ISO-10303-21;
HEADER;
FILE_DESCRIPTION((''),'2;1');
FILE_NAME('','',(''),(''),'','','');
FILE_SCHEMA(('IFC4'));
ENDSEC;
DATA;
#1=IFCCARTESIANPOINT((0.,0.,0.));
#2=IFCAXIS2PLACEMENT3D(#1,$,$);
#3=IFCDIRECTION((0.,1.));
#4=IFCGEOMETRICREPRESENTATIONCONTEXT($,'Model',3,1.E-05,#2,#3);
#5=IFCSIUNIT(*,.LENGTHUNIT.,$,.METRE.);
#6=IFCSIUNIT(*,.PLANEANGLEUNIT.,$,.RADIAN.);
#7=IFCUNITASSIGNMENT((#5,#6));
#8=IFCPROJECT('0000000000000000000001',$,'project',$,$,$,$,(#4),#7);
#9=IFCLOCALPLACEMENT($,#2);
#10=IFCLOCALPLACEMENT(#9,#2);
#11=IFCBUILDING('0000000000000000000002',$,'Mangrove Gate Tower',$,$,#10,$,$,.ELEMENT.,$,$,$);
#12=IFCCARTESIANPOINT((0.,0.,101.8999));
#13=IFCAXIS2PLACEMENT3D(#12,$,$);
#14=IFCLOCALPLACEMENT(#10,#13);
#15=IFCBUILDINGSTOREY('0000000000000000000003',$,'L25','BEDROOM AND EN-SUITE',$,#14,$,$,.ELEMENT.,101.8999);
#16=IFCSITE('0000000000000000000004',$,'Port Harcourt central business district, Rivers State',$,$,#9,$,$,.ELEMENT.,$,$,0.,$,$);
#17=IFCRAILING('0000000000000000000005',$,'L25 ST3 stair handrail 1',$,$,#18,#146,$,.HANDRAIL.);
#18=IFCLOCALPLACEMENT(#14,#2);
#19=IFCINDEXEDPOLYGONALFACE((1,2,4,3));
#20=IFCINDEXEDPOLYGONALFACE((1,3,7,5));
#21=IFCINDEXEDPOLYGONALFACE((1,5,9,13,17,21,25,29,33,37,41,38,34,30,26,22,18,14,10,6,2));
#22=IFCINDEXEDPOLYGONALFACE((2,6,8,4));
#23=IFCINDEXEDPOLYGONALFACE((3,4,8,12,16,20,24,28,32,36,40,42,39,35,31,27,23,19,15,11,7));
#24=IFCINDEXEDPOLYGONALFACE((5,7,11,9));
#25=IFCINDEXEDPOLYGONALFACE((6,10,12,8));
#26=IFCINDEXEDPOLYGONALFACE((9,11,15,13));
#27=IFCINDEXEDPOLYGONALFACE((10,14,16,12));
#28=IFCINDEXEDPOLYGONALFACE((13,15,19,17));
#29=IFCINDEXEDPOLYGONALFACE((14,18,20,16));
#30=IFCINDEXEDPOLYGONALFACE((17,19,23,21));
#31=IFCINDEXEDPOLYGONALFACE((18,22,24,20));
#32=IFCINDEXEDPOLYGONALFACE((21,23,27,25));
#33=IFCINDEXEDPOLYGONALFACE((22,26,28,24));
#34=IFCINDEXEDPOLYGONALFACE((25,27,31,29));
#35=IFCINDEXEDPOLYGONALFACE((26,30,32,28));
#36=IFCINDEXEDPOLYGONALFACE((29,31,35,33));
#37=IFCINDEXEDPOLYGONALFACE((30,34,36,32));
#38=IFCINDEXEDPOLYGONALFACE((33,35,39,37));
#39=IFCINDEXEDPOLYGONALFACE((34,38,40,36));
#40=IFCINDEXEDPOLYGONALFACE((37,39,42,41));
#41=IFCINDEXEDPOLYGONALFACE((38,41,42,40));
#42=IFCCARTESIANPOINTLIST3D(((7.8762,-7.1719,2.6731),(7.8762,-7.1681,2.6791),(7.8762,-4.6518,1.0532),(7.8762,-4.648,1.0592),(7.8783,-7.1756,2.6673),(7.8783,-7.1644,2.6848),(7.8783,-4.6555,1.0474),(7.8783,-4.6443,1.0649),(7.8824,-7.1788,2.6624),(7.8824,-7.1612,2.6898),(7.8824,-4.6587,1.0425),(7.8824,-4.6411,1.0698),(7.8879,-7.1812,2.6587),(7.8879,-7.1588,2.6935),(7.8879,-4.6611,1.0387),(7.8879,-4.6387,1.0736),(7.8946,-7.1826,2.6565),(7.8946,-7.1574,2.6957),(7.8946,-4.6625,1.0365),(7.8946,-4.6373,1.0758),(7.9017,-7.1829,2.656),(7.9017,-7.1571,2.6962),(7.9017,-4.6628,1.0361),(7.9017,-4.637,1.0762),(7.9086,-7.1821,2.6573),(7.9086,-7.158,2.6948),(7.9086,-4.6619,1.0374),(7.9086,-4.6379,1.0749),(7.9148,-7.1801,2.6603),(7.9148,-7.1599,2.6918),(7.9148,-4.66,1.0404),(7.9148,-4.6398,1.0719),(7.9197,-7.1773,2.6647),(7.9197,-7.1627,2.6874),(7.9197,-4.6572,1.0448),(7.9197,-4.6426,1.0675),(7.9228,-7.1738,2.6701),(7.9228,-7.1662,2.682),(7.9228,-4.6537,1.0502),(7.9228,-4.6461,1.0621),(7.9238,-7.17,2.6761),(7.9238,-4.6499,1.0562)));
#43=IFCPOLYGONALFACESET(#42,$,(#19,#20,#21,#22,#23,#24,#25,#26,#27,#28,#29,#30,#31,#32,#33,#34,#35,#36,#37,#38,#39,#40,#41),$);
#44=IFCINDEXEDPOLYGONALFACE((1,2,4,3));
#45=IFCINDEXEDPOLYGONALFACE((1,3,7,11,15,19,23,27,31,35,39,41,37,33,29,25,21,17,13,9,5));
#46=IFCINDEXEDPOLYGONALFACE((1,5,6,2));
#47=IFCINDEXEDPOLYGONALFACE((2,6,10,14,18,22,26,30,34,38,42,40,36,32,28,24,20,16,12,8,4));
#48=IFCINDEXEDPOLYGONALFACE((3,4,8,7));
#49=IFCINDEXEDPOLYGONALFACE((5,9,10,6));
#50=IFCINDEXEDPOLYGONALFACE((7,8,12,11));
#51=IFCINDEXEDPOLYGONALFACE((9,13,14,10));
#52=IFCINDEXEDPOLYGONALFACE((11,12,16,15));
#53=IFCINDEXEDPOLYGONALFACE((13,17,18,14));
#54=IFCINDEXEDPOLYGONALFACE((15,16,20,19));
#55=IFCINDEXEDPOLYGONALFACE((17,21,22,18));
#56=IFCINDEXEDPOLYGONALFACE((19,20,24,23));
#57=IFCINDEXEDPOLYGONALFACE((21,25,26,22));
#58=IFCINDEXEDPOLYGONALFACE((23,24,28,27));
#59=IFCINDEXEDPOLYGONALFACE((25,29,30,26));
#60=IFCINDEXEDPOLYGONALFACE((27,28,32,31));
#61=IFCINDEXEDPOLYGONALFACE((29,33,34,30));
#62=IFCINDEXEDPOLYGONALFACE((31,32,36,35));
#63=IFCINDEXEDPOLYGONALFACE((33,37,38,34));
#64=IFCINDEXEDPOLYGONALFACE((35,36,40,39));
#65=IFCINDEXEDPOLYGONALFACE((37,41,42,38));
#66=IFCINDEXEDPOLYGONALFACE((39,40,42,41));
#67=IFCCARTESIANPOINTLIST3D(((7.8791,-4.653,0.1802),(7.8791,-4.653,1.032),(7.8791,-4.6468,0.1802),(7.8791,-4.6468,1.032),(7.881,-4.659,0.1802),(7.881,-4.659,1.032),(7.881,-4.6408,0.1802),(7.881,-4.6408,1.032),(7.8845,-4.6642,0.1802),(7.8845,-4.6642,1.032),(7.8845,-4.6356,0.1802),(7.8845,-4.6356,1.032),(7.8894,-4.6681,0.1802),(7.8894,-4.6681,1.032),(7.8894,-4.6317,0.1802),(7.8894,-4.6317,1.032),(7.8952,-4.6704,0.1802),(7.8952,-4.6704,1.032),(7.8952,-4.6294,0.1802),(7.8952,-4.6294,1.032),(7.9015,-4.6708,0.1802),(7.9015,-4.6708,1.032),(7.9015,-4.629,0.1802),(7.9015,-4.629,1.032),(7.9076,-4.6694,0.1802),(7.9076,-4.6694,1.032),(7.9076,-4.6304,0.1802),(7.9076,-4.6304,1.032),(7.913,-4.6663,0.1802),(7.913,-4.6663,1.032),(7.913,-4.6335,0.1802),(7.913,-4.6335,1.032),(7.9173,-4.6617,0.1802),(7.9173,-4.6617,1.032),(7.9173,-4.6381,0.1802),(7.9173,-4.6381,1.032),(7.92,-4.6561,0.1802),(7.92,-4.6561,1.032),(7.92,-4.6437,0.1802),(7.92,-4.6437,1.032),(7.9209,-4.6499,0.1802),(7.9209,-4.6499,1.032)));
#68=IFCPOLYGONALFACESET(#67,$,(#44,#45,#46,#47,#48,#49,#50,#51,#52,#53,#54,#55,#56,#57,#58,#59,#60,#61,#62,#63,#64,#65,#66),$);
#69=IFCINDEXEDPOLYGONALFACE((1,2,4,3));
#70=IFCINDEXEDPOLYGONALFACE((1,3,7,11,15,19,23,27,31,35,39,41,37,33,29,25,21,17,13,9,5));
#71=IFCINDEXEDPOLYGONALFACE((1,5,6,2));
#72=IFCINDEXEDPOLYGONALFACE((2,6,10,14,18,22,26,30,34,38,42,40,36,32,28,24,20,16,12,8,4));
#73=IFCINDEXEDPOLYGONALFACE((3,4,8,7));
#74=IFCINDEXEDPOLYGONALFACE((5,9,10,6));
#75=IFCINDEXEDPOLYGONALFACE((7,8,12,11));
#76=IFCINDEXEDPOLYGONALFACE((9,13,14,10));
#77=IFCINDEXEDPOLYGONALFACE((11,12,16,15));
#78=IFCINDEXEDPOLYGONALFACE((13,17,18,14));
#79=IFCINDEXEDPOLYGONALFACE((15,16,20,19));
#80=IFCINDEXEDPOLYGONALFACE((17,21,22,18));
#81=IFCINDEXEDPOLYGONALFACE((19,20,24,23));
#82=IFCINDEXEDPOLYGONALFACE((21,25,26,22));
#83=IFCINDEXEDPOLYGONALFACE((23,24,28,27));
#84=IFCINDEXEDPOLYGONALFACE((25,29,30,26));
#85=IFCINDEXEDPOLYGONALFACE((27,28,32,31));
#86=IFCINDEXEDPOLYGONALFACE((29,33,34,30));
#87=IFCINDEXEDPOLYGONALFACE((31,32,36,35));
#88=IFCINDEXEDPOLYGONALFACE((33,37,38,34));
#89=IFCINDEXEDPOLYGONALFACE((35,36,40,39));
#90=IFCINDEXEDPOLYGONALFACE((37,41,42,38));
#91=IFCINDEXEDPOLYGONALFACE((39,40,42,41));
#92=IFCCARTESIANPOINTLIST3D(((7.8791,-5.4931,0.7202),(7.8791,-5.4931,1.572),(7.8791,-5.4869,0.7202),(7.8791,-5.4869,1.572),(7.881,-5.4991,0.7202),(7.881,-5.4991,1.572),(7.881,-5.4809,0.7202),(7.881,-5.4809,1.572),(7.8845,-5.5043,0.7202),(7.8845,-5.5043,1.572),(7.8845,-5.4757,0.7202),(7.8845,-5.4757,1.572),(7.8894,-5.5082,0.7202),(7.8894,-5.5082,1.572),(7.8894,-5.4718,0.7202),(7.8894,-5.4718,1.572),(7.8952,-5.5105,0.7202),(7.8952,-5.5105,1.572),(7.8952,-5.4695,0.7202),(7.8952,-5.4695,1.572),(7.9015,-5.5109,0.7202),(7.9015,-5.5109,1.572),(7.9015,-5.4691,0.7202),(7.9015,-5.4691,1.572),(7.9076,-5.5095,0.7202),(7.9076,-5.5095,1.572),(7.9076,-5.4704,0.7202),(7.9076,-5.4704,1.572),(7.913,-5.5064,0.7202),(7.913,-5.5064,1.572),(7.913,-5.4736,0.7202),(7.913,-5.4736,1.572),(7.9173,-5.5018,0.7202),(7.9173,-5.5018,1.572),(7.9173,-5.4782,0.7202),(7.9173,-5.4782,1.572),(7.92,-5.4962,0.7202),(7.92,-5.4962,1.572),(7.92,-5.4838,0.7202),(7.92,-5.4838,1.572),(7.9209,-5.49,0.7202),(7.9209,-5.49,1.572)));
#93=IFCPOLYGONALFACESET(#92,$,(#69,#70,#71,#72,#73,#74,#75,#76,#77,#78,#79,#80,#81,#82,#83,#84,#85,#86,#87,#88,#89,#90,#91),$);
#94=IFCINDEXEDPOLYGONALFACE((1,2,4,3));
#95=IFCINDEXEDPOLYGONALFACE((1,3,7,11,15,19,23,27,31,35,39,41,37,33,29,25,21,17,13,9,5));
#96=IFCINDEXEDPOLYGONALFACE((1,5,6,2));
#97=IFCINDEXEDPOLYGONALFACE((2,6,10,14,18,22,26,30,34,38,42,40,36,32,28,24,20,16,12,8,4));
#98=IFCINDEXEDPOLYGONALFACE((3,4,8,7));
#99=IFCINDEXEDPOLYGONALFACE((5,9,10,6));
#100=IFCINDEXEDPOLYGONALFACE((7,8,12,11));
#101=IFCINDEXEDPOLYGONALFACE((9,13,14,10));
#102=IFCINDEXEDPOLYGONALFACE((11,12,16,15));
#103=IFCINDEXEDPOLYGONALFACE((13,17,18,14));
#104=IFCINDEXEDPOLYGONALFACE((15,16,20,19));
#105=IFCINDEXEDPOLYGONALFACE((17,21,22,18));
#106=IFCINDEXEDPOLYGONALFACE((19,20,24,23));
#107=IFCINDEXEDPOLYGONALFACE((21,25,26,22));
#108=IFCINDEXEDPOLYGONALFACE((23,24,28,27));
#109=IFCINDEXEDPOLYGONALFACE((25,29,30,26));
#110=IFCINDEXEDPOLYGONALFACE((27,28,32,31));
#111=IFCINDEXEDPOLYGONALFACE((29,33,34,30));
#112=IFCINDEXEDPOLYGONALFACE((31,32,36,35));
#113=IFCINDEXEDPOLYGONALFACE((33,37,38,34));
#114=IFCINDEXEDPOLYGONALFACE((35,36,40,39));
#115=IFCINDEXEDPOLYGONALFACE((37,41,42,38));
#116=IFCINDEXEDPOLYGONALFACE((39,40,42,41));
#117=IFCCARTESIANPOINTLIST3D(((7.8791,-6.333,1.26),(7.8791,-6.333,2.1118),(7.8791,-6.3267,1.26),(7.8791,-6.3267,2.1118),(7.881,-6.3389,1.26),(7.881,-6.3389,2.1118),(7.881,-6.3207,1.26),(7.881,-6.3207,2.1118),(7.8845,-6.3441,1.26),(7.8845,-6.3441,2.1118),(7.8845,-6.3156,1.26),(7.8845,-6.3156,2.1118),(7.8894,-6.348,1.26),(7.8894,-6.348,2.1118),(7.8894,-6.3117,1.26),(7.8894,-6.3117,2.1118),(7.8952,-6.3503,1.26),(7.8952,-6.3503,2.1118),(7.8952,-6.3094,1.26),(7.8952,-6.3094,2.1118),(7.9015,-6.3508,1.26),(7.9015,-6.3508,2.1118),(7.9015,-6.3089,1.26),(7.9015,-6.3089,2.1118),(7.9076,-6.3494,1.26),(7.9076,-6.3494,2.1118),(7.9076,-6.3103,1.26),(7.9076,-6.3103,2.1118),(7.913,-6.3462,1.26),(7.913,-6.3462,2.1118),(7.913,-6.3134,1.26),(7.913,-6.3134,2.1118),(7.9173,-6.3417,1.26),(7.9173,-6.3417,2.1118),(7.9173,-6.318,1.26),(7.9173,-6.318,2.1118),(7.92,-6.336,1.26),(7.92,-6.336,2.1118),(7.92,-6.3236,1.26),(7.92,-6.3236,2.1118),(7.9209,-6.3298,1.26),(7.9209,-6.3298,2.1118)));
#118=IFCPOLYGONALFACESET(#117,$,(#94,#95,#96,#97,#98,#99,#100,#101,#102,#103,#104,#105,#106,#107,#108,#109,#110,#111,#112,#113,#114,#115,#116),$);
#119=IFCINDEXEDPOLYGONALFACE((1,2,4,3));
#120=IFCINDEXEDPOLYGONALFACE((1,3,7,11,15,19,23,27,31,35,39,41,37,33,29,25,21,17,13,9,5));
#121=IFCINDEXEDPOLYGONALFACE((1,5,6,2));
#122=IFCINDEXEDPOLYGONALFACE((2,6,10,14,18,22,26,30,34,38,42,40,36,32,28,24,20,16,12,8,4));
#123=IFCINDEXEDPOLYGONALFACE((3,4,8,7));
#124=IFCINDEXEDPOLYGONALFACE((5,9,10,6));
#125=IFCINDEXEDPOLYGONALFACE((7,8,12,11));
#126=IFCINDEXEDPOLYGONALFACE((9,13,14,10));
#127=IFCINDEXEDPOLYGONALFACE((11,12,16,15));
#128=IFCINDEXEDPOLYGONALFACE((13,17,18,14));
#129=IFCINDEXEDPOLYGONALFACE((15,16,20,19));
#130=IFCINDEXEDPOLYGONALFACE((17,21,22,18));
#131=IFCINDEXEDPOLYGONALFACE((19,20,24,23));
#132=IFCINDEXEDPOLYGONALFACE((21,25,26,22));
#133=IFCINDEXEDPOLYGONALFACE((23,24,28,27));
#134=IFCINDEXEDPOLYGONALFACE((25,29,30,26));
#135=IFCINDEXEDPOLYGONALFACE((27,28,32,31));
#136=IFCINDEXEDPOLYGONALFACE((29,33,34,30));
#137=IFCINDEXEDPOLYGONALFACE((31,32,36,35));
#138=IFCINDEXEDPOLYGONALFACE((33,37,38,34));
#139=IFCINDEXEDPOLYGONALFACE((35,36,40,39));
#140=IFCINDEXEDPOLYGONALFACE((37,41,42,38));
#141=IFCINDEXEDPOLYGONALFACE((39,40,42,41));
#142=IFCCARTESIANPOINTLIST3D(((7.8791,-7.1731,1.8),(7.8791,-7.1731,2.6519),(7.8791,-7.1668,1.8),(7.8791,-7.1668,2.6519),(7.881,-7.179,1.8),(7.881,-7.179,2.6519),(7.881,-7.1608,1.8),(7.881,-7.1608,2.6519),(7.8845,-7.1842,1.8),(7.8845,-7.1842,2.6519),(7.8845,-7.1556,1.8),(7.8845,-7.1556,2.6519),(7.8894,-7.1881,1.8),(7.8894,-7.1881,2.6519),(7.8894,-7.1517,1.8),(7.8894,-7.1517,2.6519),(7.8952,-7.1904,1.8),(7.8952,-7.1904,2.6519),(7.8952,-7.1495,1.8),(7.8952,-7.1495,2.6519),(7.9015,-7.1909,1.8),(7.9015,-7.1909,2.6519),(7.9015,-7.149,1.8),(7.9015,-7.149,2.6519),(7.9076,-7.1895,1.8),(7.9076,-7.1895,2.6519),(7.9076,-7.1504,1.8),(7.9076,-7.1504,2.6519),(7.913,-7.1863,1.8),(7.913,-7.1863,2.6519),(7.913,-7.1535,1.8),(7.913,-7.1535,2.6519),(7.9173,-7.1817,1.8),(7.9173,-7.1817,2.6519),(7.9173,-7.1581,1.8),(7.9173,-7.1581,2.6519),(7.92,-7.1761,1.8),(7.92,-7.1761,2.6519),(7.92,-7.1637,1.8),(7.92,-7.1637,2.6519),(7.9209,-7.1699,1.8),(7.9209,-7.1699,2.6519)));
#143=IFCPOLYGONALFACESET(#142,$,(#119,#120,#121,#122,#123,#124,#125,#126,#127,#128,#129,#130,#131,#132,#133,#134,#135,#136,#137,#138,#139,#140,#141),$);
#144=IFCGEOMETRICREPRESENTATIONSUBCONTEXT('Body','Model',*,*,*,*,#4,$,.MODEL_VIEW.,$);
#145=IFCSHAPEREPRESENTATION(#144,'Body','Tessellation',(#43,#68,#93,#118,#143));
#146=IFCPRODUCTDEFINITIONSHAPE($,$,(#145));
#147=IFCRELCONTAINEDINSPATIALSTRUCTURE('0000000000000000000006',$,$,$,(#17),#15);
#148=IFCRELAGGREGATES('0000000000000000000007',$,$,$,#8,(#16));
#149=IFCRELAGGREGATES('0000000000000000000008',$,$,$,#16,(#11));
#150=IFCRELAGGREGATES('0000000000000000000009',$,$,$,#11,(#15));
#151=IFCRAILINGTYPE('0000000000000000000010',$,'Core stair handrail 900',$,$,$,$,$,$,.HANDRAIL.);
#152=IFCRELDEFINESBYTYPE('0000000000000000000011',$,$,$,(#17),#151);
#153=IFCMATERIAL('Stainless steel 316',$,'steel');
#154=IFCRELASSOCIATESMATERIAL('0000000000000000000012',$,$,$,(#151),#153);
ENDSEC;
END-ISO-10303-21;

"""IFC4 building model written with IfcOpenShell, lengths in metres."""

from ifc_helpers import new_model, si_unit, direction, frame, origin, origin_2d, place, context, subcontext, project, spatial, circle, extrude, material, type_object, element, save


model = new_model("IFC4")

# Units and contexts
model_context = context("Model", 3, precision=1e-05, world=origin(), true_north=direction((0.0, 1.0)))
body_context = subcontext(model_context, "Body", "Model", "MODEL_VIEW")
ifc_project = project(units=[si_unit("LENGTHUNIT", "METRE"), si_unit("PLANEANGLEUNIT", "RADIAN")], contexts=[model_context])

# Site, building, storey
site_placement = place(None, origin())
site = spatial("IfcSite", under=ifc_project, at=site_placement, Name="Port Harcourt central business district, Rivers State", CompositionType="ELEMENT", RefElevation=0.0)
building_placement = place(site_placement, origin())
building = spatial("IfcBuilding", under=site, at=building_placement, Name="Mangrove Gate Tower", CompositionType="ELEMENT")
storey_placement = place(building_placement, frame((0.0, 0.0, 101.8999)))
storey = spatial("IfcBuildingStorey", under=building, at=storey_placement, Name="L25", Description="BEDROOM AND EN-SUITE", CompositionType="ELEMENT", Elevation=101.8999)

# Railing
ifc_material_1 = material(Name="Stainless steel 316", Category="steel")
railing_type_1 = type_object("IfcRailingType", Name="Core stair handrail 900", PredefinedType="HANDRAIL", material=ifc_material_1)
railing_1_placement = place(storey_placement, frame((7.8999, -4.6499, 0.1802)))
element("IfcRailing", 1, at=railing_1_placement, inside=storey, type_object=railing_type_1, Name="L25 ST3 stair handrail 1", PredefinedType="HANDRAIL", context=body_context, shape_type="SweptSolid", body=[
    extrude(circle(Radius=0.0239, at=origin_2d()), frame((0.0, 0.0, 0.876), z_axis=(0.0, -0.8412, 0.540725), x_axis=(1.0, 0.0, 0.0)), (0.0, 0.0, 1.0), 2.9958),
    extrude(circle(Radius=0.021, at=origin_2d()), origin(), (0.0, 0.0, 1.0), 0.8518),
    extrude(circle(Radius=0.021, at=origin_2d()), frame((0.0, -0.8401, 0.54)), (0.0, 0.0, 1.0), 0.8518),
    extrude(circle(Radius=0.021, at=origin_2d()), frame((0.0, -1.6799, 1.0798)), (0.0, 0.0, 1.0), 0.8518),
    extrude(circle(Radius=0.021, at=origin_2d()), frame((0.0, -2.52, 1.6199)), (0.0, 0.0, 1.0), 0.8518),
])

save(model, "model.ifc")
